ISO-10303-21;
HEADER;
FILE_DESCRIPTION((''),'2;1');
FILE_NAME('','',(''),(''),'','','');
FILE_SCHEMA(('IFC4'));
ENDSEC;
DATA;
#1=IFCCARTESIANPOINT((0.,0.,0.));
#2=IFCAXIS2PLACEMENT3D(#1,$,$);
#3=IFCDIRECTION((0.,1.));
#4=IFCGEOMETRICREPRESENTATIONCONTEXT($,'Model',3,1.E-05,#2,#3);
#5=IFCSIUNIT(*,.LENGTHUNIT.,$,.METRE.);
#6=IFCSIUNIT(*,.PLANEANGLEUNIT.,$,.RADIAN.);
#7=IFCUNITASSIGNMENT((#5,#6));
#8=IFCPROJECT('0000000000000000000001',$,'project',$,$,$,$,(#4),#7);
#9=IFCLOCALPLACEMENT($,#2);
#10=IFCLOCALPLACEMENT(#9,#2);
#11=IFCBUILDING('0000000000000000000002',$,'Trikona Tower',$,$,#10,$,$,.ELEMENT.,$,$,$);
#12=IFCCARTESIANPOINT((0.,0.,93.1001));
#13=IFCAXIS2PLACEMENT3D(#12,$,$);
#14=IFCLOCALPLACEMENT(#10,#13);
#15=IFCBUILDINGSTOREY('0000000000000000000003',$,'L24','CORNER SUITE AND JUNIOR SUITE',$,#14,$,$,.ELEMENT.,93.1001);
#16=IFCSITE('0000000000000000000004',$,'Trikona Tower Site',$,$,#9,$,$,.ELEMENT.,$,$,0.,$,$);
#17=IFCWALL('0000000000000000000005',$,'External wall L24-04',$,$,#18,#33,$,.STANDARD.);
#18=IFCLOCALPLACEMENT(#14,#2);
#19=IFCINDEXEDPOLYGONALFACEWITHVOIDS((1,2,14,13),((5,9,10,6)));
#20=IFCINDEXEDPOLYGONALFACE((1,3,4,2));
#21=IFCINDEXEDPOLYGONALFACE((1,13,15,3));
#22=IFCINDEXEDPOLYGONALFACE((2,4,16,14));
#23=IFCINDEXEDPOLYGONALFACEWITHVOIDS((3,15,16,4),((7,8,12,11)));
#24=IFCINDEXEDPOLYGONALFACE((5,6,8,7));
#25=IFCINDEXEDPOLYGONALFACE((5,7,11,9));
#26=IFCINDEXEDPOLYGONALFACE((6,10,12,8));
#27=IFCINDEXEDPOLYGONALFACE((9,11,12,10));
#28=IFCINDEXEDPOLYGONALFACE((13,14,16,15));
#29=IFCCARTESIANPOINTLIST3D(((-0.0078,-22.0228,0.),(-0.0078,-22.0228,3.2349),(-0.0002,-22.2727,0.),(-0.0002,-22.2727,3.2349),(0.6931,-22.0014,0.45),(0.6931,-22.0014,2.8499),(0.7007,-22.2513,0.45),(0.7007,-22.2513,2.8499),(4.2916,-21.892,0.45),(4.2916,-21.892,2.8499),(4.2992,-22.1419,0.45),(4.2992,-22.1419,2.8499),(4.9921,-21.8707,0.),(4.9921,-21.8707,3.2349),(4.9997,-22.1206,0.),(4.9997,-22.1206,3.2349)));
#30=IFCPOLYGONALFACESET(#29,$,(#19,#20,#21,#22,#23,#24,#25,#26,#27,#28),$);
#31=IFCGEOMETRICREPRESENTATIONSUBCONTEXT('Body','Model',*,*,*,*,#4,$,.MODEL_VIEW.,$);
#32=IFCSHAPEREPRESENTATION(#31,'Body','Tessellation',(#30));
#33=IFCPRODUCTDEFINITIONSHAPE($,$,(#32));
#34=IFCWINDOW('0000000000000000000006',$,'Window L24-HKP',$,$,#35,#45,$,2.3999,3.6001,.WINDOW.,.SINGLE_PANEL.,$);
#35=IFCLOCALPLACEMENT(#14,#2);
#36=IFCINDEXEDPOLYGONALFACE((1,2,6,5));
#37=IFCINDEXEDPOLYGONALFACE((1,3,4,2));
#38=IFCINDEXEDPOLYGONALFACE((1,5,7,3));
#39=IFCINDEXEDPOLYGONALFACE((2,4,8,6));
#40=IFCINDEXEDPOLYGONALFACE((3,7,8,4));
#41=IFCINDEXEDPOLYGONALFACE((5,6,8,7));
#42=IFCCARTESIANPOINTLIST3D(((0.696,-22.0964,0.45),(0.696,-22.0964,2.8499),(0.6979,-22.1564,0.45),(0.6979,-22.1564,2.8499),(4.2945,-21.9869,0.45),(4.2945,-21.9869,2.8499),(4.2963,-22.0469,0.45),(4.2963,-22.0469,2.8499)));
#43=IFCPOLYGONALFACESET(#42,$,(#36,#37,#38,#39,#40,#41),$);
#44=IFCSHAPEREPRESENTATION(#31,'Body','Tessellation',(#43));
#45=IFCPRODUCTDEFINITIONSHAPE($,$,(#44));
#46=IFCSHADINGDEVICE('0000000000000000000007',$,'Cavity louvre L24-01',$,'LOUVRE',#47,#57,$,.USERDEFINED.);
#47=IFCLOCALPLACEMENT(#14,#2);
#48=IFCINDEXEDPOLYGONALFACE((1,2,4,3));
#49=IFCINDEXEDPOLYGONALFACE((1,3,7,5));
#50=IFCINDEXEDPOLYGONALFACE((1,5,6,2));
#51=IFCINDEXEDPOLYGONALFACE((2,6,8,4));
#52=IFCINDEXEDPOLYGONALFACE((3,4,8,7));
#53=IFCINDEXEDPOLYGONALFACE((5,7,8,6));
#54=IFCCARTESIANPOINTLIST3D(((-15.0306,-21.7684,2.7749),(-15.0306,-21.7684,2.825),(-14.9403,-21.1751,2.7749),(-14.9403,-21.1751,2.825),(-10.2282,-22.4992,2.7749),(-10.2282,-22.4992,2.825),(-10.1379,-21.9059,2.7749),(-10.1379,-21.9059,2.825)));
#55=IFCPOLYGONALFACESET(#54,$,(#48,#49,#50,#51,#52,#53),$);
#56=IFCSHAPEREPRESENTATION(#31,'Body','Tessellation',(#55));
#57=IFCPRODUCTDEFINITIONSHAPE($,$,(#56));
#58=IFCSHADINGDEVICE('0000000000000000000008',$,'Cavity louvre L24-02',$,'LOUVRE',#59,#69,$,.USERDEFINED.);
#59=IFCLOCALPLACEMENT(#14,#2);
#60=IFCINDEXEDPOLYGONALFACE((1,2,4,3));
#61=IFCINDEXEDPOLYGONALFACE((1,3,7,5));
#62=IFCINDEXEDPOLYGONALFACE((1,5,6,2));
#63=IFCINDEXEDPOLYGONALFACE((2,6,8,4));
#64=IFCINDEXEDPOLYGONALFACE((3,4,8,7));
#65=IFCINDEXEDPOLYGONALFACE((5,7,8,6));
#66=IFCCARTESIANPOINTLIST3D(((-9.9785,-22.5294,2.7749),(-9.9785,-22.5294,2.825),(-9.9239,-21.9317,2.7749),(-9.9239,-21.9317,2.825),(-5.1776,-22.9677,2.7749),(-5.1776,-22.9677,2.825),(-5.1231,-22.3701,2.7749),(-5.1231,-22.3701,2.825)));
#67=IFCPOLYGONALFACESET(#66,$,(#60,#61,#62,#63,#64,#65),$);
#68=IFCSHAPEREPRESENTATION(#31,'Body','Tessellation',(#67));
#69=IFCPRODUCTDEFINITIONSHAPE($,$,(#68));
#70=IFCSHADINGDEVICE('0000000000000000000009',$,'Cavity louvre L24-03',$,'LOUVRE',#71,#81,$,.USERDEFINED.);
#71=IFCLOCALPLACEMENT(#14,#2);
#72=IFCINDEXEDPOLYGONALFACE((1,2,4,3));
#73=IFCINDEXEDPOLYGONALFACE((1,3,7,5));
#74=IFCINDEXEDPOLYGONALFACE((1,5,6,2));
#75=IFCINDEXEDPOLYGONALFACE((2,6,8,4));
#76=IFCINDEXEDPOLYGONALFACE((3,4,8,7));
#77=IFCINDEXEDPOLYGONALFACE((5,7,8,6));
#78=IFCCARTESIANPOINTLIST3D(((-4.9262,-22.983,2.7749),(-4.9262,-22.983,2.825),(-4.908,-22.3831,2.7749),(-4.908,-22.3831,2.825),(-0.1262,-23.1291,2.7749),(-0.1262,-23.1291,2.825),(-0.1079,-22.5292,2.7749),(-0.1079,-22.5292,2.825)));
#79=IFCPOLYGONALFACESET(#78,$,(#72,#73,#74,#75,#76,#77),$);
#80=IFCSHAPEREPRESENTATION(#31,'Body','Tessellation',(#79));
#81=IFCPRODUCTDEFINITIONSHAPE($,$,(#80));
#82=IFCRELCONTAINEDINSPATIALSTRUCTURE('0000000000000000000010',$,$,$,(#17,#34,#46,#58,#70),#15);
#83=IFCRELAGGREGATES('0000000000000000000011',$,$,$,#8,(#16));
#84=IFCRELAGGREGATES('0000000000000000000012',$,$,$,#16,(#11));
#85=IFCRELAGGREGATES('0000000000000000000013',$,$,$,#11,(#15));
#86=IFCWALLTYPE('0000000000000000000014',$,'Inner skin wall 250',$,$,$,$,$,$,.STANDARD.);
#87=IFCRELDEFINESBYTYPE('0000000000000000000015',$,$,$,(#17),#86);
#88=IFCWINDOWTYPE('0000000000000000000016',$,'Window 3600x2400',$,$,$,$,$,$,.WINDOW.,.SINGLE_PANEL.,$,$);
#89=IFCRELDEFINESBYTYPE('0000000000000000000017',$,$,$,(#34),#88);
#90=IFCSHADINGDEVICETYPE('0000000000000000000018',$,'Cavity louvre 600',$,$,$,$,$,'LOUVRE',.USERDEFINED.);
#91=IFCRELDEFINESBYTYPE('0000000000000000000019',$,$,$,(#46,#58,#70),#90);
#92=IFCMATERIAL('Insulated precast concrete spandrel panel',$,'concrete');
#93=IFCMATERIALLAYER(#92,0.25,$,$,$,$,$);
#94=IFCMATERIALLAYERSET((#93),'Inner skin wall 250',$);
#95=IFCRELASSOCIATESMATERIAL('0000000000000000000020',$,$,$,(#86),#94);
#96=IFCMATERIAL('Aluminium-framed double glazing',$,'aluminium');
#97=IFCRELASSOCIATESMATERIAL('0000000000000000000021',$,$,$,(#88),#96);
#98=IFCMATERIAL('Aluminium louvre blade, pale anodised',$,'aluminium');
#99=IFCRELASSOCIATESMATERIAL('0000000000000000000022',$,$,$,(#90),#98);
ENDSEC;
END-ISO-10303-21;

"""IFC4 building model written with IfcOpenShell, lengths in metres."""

from ifc_helpers import new_model, si_unit, direction, frame, frame_2d, origin, origin_2d, place, context, subcontext, project, spatial, rectangle, extrude, material, layer, layer_set, type_object, element, fill, save


model = new_model("IFC4")

# Units and contexts
model_context = context("Model", 3, precision=1e-05, world=origin(), true_north=direction((0.0, 1.0)))
body_context = subcontext(model_context, "Body", "Model", "MODEL_VIEW")
ifc_project = project(units=[si_unit("LENGTHUNIT", "METRE"), si_unit("PLANEANGLEUNIT", "RADIAN")], contexts=[model_context])

# Site, building, storey
site_placement = place(None, origin())
site = spatial("IfcSite", under=ifc_project, at=site_placement, Name="Trikona Tower Site", CompositionType="ELEMENT", RefElevation=0.0)
building_placement = place(site_placement, origin())
building = spatial("IfcBuilding", under=site, at=building_placement, Name="Trikona Tower", CompositionType="ELEMENT")
storey_placement = place(building_placement, frame((0.0, 0.0, 93.1001)))
storey = spatial("IfcBuildingStorey", under=building, at=storey_placement, Name="L24", Description="CORNER SUITE AND JUNIOR SUITE", CompositionType="ELEMENT", Elevation=93.1001)

# Wall, opening, window
ifc_material_1 = material(Name="Insulated precast concrete spandrel panel", Category="concrete")
ifc_layer_1 = layer(ifc_material_1, 0.25)
ifc_layer_set_1 = layer_set([ifc_layer_1], Name="Inner skin wall 250")
wall_type = type_object("IfcWallType", Name="Inner skin wall 250", PredefinedType="STANDARD", material=ifc_layer_set_1)
ifc_material_2 = material(Name="Aluminium-framed double glazing", Category="aluminium")
window_type = type_object("IfcWindowType", Name="Window 3600x2400", PartitioningType="SINGLE_PANEL", PredefinedType="WINDOW", material=ifc_material_2)
wall_1_placement = place(storey_placement, frame((-0.0039, -22.1477, 0.0), z_axis=(0.0, 0.0, 1.0), x_axis=(0.999538, 0.030406, 0.0)))
wall_1 = element("IfcWall", 1, at=wall_1_placement, inside=storey, type_object=wall_type, Name="External wall L24-04", PredefinedType="STANDARD", context=body_context, shape_type="SweptSolid", body=[
    extrude(rectangle(XDim=5.0022, YDim=0.25, at=frame_2d((2.501, 0.0))), origin(), (0.0, 0.0, 1.0), 3.2349),
])
opening_1_placement = place(wall_1_placement, frame((0.7012, 0.0, 0.45)))
opening_1 = element("IfcOpeningElement", 2, at=opening_1_placement, cuts=wall_1, PredefinedType="OPENING", context=body_context, shape_type="SweptSolid", body=[
    extrude(rectangle(XDim=3.6001, YDim=2.3999, at=frame_2d((1.8, 1.2))), frame((0.0, 0.135, 0.0), z_axis=(0.0, -1.0, 0.0), x_axis=(1.0, 0.0, 0.0)), (0.0, 0.0, 1.0), 0.27),
])
window_1_placement = place(opening_1_placement, origin())
window_1 = element("IfcWindow", 3, at=window_1_placement, inside=storey, type_object=window_type, Name="Window L24-HKP", OverallHeight=2.3999, OverallWidth=3.6001, PartitioningType="SINGLE_PANEL", PredefinedType="WINDOW", context=body_context, shape_type="SweptSolid", body=[
    extrude(rectangle(XDim=3.6001, YDim=2.3999, at=frame_2d((1.8, 1.2))), frame((0.0, 0.03, 0.0), z_axis=(0.0, -1.0, 0.0), x_axis=(1.0, 0.0, 0.0)), (0.0, 0.0, 1.0), 0.0601),
])
fill(opening_1, window_1)

# Shading devices
ifc_material_3 = material(Name="Aluminium louvre blade, pale anodised", Category="aluminium")
shading_device_type = type_object("IfcShadingDeviceType", Name="Cavity louvre 600", ElementType="LOUVRE", PredefinedType="USERDEFINED", material=ifc_material_3)
shading_device_1_placement = place(storey_placement, frame((-12.5842, -21.8372, 2.7749), z_axis=(0.0, 0.0, 1.0), x_axis=(0.988618, -0.150448, 0.0)))
element("IfcShadingDevice", 4, at=shading_device_1_placement, inside=storey, type_object=shading_device_type, Name="Cavity louvre L24-01", ObjectType="LOUVRE", PredefinedType="USERDEFINED", context=body_context, shape_type="SweptSolid", body=[
    extrude(rectangle(XDim=4.8577, YDim=0.6001, at=origin_2d()), origin(), (0.0, 0.0, 1.0), 0.05),
])
shading_device_2_placement = place(storey_placement, frame((-7.5508, -22.4497, 2.7749), z_axis=(0.0, 0.0, 1.0), x_axis=(0.995858, -0.090921, 0.0)))
element("IfcShadingDevice", 5, at=shading_device_2_placement, inside=storey, type_object=shading_device_type, Name="Cavity louvre L24-02", ObjectType="LOUVRE", PredefinedType="USERDEFINED", context=body_context, shape_type="SweptSolid", body=[
    extrude(rectangle(XDim=4.8208, YDim=0.6001, at=origin_2d()), origin(), (0.0, 0.0, 1.0), 0.05),
])
shading_device_3_placement = place(storey_placement, frame((-2.5171, -22.7561, 2.7749), z_axis=(0.0, 0.0, 1.0), x_axis=(0.999537, -0.030425, 0.0)))
element("IfcShadingDevice", 6, at=shading_device_3_placement, inside=storey, type_object=shading_device_type, Name="Cavity louvre L24-03", ObjectType="LOUVRE", PredefinedType="USERDEFINED", context=body_context, shape_type="SweptSolid", body=[
    extrude(rectangle(XDim=4.8022, YDim=0.6001, at=origin_2d()), origin(), (0.0, 0.0, 1.0), 0.05),
])

save(model, "model.ifc")
